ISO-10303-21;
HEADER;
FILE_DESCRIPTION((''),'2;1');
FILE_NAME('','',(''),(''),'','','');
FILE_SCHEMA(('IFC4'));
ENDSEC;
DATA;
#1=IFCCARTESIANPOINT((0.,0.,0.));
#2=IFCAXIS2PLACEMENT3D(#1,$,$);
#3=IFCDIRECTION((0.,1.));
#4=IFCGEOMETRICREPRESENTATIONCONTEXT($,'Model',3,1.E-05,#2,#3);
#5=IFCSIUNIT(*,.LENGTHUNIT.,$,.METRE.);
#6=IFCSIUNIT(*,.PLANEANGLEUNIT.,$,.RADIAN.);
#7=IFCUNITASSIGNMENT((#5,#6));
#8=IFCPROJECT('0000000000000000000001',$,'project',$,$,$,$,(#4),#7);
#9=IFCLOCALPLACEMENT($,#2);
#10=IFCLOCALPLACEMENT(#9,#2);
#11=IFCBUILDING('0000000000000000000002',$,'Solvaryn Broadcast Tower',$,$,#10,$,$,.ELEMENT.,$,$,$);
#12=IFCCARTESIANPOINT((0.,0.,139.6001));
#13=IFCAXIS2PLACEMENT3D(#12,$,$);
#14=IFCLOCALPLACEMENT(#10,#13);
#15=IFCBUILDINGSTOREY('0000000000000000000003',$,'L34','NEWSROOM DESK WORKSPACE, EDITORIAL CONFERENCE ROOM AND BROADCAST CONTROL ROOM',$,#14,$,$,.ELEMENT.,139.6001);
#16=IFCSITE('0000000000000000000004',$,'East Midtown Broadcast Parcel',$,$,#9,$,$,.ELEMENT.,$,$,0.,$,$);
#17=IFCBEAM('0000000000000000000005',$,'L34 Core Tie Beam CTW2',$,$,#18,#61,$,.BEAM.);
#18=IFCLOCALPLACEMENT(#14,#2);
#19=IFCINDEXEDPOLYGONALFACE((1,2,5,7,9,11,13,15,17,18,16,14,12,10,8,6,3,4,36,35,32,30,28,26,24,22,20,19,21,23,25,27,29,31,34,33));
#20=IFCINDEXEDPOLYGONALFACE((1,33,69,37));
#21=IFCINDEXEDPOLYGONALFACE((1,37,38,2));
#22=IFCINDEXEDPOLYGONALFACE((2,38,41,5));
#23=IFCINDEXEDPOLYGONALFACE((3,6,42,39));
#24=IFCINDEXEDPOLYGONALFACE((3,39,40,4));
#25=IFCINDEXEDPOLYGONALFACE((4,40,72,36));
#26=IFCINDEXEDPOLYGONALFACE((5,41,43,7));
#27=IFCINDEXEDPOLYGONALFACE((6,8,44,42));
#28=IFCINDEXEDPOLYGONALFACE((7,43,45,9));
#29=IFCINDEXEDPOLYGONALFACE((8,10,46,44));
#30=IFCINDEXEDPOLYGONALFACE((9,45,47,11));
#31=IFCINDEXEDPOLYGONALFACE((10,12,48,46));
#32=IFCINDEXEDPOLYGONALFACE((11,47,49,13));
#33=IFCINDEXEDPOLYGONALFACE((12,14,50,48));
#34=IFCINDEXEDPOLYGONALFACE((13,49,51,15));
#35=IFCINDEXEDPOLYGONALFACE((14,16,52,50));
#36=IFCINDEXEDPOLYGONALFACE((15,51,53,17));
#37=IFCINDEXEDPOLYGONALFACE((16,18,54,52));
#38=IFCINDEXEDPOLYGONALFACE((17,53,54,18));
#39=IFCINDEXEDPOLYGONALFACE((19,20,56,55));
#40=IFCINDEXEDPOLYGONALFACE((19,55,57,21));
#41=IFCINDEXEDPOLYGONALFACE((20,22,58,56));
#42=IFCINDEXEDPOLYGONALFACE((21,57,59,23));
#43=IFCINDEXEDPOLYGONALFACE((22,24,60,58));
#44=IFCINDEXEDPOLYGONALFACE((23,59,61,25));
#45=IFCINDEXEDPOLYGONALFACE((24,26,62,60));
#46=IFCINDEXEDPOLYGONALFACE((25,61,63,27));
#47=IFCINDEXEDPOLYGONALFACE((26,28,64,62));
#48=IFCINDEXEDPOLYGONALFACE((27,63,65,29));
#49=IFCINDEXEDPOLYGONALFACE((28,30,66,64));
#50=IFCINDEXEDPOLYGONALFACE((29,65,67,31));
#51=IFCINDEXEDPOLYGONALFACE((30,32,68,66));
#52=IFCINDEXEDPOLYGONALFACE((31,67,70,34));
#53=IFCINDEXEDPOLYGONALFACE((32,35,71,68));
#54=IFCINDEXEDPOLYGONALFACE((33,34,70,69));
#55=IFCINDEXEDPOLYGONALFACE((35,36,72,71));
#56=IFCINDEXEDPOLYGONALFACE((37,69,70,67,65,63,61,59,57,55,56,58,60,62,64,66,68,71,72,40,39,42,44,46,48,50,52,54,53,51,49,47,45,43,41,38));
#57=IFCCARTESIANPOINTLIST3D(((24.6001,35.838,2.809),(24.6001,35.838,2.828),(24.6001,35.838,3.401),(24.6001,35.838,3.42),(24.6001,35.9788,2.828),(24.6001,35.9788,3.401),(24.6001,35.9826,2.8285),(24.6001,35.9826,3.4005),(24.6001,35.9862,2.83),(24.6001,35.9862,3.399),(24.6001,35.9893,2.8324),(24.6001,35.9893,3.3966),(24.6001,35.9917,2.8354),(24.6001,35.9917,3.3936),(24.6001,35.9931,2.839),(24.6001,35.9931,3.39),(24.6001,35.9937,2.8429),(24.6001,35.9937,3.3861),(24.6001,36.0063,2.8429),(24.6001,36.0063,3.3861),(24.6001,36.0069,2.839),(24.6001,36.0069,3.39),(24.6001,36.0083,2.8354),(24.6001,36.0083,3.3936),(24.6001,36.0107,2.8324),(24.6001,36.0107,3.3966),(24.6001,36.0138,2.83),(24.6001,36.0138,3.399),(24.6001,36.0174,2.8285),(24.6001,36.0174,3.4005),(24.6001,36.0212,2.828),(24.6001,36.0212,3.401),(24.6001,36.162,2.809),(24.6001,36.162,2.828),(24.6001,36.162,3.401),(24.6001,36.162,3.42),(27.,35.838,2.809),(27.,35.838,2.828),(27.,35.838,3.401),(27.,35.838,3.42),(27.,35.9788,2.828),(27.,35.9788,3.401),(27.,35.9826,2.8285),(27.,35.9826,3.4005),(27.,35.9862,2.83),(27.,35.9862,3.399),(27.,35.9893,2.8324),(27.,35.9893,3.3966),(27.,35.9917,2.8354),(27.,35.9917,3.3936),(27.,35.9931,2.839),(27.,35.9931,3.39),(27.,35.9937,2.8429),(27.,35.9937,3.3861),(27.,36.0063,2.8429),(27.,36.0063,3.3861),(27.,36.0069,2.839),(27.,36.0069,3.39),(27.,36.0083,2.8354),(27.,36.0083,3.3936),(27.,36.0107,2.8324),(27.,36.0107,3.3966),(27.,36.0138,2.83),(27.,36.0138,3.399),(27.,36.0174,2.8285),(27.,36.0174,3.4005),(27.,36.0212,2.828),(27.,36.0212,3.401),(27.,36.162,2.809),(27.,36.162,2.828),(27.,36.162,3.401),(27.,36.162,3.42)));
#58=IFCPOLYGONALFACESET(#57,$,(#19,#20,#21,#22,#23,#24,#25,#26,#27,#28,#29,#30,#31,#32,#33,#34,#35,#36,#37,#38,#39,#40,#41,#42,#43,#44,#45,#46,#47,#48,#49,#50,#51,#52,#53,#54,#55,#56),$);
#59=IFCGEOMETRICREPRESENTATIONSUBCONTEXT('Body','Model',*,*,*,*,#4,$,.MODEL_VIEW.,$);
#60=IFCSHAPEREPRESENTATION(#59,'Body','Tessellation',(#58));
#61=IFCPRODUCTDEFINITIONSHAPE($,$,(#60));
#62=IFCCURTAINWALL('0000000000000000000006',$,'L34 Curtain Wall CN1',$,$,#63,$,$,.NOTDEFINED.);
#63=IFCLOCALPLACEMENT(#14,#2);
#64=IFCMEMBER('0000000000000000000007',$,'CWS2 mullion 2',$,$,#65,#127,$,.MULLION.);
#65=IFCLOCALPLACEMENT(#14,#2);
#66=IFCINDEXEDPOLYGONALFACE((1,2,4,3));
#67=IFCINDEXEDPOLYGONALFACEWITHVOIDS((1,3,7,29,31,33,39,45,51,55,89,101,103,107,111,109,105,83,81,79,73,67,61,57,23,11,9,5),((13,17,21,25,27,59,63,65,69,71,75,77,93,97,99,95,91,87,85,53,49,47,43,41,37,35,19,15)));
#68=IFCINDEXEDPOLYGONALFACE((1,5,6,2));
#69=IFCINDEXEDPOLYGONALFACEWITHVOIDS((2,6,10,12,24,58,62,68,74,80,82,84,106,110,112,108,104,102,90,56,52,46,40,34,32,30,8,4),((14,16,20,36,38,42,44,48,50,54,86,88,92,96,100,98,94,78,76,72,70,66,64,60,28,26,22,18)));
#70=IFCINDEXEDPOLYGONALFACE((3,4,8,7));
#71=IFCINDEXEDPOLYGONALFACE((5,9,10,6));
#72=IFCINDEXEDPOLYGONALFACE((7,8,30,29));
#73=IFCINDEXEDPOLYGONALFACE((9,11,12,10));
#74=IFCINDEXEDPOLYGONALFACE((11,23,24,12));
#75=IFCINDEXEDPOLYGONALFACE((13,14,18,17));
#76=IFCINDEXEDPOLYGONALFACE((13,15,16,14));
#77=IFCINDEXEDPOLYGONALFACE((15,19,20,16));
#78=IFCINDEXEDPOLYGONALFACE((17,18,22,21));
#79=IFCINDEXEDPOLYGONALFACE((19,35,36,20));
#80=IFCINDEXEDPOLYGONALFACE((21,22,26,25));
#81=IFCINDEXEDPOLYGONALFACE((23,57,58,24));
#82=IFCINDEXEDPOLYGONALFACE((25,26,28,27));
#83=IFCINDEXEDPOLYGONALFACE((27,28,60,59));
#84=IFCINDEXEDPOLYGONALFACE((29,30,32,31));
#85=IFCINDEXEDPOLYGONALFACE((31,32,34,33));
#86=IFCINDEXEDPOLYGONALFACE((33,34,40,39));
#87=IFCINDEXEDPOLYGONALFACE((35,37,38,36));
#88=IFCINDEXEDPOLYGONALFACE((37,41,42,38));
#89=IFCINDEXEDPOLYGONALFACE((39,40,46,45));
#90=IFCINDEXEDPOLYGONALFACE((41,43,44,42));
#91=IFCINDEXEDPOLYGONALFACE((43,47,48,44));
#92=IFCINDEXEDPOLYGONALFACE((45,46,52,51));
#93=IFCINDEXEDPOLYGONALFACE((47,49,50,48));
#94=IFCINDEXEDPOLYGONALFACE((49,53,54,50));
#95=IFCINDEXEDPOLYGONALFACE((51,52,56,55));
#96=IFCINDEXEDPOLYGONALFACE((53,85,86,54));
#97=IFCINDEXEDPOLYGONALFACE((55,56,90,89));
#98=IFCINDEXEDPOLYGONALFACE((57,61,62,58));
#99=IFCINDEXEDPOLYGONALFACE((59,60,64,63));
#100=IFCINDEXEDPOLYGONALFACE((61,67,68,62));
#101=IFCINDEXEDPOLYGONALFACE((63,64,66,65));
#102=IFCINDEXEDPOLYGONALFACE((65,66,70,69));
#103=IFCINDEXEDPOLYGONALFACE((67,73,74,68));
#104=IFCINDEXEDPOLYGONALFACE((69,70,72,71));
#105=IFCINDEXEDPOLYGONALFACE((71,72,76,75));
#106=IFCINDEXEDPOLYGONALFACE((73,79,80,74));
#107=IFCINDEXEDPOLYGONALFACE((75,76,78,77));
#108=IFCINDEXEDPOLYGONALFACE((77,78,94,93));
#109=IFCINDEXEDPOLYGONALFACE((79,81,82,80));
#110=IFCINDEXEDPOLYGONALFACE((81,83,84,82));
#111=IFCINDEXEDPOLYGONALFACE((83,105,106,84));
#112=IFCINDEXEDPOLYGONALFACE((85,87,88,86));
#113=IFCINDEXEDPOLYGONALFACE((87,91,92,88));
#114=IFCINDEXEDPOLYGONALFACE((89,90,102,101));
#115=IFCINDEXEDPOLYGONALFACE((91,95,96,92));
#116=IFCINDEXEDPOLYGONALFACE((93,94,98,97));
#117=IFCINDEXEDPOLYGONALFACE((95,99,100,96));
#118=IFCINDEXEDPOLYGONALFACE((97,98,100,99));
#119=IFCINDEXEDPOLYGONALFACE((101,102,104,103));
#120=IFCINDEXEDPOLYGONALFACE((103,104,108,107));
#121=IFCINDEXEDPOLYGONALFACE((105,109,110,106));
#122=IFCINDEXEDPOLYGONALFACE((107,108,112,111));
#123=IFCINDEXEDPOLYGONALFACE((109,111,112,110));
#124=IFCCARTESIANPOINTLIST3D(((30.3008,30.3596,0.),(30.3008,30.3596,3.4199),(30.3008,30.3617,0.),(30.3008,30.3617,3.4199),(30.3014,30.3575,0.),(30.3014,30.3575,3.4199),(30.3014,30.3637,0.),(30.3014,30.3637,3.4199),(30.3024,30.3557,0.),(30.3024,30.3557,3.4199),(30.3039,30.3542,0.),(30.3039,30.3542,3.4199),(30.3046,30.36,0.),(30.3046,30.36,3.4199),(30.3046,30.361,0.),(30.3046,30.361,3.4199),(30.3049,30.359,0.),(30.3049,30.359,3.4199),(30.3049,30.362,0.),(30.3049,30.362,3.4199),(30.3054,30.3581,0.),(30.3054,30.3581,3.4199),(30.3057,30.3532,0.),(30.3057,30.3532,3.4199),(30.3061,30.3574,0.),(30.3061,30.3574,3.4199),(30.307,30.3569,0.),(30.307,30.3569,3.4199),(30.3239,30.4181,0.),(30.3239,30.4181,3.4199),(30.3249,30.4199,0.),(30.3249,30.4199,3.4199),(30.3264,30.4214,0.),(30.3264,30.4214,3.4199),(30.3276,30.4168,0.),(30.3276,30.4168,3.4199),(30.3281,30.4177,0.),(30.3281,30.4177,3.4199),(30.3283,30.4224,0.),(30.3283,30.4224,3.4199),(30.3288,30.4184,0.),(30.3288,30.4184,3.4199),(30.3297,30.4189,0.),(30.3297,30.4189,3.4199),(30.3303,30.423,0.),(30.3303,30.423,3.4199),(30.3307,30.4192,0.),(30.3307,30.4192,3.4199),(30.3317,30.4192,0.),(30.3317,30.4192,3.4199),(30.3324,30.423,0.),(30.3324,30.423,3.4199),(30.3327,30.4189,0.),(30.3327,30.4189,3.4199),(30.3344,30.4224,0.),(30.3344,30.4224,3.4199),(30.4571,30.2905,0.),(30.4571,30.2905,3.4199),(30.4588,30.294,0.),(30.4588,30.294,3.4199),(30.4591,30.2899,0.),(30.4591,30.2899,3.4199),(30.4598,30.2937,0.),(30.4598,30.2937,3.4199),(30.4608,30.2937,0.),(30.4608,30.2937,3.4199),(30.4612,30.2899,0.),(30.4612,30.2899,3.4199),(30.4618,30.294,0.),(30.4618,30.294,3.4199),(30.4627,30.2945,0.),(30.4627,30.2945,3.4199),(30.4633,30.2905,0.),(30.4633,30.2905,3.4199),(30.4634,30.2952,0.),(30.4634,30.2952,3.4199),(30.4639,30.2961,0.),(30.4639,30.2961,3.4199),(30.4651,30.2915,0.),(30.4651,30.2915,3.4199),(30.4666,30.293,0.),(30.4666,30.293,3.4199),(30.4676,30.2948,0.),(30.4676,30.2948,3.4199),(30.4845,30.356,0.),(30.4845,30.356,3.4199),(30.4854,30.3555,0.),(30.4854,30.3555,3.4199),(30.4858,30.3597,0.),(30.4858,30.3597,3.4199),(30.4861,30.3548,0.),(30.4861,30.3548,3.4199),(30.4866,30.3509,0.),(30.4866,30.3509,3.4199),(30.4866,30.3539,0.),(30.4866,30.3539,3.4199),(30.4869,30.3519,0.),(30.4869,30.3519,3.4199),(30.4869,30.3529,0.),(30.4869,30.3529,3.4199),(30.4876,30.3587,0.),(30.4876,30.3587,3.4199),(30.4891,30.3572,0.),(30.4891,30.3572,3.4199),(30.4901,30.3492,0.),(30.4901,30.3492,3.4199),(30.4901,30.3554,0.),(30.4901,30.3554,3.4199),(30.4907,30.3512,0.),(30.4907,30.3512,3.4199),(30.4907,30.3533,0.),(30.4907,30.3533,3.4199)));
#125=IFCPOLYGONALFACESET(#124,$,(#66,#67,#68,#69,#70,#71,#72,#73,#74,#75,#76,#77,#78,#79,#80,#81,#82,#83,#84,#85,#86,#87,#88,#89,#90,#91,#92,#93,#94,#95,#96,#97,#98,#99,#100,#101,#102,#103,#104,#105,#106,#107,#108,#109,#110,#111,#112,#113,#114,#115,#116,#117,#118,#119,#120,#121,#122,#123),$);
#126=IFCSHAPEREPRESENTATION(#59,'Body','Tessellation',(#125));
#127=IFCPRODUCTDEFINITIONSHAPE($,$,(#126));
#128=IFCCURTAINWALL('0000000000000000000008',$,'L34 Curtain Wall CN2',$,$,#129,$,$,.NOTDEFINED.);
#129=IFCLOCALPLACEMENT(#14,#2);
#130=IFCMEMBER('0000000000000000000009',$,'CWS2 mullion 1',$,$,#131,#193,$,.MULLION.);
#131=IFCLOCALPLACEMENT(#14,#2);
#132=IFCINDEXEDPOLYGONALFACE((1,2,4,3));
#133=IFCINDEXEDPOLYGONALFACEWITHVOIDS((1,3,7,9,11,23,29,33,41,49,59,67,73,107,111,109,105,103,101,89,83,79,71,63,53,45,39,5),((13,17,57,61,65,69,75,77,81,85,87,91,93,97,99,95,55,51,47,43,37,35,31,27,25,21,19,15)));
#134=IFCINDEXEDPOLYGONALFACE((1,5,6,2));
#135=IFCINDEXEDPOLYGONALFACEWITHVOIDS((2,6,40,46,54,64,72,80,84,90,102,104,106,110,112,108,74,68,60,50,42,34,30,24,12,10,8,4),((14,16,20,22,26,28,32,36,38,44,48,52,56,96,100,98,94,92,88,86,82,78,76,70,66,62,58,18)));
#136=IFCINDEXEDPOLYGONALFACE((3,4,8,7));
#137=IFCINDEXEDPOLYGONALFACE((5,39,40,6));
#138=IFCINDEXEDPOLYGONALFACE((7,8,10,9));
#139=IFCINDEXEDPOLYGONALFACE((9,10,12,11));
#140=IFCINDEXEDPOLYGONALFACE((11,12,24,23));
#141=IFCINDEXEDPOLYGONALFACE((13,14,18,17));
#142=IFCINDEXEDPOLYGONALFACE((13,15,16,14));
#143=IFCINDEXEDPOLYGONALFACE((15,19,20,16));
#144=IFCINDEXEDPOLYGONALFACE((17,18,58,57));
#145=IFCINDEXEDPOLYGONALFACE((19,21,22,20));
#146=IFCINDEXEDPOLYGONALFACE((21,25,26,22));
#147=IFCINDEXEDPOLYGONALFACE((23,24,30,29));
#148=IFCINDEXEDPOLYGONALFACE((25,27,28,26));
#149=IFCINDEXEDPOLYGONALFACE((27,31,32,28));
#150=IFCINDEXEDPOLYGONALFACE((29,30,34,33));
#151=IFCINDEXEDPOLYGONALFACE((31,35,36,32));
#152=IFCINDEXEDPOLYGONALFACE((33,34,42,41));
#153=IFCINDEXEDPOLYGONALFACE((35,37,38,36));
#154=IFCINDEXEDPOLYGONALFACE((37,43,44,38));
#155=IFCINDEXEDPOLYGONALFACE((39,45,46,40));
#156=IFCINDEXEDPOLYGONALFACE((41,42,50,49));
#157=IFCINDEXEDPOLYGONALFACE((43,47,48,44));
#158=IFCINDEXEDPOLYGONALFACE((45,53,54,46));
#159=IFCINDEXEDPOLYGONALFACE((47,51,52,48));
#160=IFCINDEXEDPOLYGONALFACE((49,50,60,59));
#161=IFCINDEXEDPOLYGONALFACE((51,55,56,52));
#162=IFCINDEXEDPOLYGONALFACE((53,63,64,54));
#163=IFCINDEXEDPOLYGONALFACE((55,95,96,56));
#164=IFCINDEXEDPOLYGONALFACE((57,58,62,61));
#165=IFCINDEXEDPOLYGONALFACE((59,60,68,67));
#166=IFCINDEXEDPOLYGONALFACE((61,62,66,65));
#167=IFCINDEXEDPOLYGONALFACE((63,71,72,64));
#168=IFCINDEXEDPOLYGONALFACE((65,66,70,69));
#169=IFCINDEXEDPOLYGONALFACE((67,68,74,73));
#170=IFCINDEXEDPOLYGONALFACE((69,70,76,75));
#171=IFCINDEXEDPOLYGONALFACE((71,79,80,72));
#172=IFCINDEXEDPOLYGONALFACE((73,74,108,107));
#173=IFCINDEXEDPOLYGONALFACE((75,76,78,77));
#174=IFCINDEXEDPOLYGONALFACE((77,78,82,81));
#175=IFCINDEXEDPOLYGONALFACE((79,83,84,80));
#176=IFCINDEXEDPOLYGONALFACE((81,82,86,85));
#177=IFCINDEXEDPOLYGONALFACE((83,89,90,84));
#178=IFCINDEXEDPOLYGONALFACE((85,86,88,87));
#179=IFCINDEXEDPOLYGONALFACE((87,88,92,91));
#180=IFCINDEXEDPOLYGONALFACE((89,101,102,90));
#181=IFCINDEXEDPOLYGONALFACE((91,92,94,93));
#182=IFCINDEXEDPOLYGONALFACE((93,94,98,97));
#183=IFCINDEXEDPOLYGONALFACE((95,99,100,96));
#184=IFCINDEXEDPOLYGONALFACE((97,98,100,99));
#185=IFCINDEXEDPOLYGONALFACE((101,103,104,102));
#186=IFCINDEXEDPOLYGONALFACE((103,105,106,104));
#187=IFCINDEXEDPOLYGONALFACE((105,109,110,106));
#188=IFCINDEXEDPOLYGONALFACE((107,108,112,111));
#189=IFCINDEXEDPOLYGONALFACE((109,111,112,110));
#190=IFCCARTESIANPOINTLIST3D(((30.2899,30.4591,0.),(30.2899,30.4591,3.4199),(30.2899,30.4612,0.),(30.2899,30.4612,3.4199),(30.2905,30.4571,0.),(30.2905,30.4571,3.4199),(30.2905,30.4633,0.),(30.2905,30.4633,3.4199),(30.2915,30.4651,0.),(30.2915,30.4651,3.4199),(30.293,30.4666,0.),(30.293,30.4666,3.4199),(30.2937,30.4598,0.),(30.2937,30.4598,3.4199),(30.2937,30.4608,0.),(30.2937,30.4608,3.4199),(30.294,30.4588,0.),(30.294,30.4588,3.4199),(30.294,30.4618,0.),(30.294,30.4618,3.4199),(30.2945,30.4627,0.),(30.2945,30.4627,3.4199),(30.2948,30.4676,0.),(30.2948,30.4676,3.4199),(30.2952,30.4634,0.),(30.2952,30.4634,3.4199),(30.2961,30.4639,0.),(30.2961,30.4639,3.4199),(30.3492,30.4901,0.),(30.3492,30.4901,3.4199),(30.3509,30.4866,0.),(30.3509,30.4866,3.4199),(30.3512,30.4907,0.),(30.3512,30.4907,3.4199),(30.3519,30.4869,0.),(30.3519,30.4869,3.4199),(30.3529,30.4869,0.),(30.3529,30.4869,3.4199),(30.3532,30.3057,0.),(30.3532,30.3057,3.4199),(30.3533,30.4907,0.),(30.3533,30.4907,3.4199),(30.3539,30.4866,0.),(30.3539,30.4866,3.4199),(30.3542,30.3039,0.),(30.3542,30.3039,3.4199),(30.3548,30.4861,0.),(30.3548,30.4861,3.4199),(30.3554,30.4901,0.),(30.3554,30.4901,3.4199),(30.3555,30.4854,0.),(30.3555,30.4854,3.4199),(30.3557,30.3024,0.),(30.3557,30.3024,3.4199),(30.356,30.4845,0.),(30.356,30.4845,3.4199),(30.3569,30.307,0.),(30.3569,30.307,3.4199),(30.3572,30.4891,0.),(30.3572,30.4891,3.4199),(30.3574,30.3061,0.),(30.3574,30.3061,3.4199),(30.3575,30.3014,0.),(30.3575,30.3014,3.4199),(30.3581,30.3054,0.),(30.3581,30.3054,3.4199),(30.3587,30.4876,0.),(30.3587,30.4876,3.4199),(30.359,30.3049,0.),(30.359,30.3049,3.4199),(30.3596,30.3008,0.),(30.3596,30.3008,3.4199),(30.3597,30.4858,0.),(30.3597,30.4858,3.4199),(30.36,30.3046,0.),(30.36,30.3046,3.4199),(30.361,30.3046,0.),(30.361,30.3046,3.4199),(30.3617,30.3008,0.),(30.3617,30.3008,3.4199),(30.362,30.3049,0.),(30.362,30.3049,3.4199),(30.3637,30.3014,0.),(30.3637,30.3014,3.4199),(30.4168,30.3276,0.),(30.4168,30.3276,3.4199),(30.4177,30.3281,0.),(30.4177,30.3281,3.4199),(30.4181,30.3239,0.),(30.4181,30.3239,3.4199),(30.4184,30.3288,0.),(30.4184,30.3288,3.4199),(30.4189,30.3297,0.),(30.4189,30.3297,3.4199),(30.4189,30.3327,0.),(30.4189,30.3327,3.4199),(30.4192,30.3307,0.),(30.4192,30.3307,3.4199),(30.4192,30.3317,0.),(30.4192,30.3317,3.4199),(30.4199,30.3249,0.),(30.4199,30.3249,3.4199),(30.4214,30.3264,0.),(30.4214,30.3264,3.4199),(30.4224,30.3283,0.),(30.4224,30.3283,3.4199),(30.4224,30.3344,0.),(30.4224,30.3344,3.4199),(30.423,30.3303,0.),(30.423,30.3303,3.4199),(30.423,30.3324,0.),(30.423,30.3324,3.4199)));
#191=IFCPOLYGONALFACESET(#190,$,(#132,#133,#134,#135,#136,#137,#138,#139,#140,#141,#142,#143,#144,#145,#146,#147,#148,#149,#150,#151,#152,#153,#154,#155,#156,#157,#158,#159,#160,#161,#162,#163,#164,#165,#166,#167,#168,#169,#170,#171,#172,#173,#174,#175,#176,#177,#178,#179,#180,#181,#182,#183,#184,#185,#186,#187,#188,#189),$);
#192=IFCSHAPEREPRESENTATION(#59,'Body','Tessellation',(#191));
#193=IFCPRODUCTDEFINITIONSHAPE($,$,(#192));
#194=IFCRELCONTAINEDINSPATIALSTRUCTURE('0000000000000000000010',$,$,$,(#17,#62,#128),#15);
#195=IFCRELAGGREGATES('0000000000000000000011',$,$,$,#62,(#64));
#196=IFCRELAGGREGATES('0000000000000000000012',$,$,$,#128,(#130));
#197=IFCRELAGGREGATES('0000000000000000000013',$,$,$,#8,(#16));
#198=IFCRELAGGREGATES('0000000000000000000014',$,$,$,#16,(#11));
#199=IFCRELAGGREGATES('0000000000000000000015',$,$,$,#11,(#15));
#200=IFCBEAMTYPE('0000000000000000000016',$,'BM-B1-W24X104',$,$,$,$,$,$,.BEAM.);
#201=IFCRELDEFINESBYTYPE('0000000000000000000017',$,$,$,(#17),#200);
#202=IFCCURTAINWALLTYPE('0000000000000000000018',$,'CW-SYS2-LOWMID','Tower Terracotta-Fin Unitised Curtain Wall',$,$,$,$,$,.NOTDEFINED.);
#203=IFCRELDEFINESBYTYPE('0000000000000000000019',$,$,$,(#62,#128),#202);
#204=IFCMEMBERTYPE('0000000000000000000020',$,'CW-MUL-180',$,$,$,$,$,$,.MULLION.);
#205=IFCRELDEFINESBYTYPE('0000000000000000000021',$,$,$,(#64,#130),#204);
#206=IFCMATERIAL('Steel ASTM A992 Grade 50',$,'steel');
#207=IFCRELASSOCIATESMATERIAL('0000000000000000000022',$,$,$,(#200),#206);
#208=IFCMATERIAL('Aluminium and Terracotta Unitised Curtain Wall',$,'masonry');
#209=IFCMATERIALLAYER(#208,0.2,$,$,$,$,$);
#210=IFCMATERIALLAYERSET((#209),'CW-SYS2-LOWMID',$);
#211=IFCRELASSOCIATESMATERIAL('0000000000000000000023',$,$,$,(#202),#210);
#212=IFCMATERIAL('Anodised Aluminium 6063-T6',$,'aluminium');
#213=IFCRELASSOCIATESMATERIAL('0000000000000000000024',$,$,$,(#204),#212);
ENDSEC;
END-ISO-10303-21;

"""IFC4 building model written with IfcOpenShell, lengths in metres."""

from ifc_helpers import new_model, si_unit, direction, frame, origin, origin_2d, place, context, subcontext, project, spatial, hollow_rectangle, i_section, extrude, material, layer, layer_set, material_profile, profile_set, type_object, element, aggregate, save


model = new_model("IFC4")

# Units and contexts
model_context = context("Model", 3, precision=1e-05, world=origin(), true_north=direction((0.0, 1.0)))
body_context = subcontext(model_context, "Body", "Model", "MODEL_VIEW")
ifc_project = project(units=[si_unit("LENGTHUNIT", "METRE"), si_unit("PLANEANGLEUNIT", "RADIAN")], contexts=[model_context])

# Site, building, storey
site_placement = place(None, origin())
site = spatial("IfcSite", under=ifc_project, at=site_placement, Name="East Midtown Broadcast Parcel", CompositionType="ELEMENT", RefElevation=0.0)
building_placement = place(site_placement, origin())
building = spatial("IfcBuilding", under=site, at=building_placement, Name="Solvaryn Broadcast Tower", CompositionType="ELEMENT")
storey_placement = place(building_placement, frame((0.0, 0.0, 139.6001)))
storey = spatial("IfcBuildingStorey", under=building, at=storey_placement, Name="L34", Description="NEWSROOM DESK WORKSPACE, EDITORIAL CONFERENCE ROOM AND BROADCAST CONTROL ROOM", CompositionType="ELEMENT", Elevation=139.6001)

# Beam
ifc_material_1 = material(Name="Steel ASTM A992 Grade 50", Category="steel")
ifc_material_profile_1 = material_profile(ifc_material_1, i_section(OverallWidth=0.324, OverallDepth=0.6111, WebThickness=0.0127, FlangeThickness=0.019, FilletRadius=0.0149, at=origin_2d()))
ifc_profile_set_1 = profile_set([ifc_material_profile_1], Name="Steel ASTM A992 Grade 50")
beam_type = type_object("IfcBeamType", Name="BM-B1-W24X104", PredefinedType="BEAM", material=ifc_profile_set_1)
beam_placement = place(storey_placement, frame((24.6001, 36.0, 3.1145), z_axis=(1.0, 0.0, 0.0), x_axis=(0.0, 1.0, 0.0)))
element("IfcBeam", 1, at=beam_placement, inside=storey, type_object=beam_type, Name="L34 Core Tie Beam CTW2", PredefinedType="BEAM", context=body_context, shape_type="SweptSolid", body=[
    extrude(i_section(OverallWidth=0.324, OverallDepth=0.6111, WebThickness=0.0127, FlangeThickness=0.019, FilletRadius=0.0149, at=origin_2d()), origin(), (0.0, 0.0, 1.0), 2.3999),
])

# Curtain wall, member
ifc_material_2 = material(Name="Aluminium and Terracotta Unitised Curtain Wall", Category="masonry")
ifc_layer_1 = layer(ifc_material_2, 0.2)
ifc_layer_set_1 = layer_set([ifc_layer_1], Name="CW-SYS2-LOWMID")
curtain_wall_type = type_object("IfcCurtainWallType", Name="CW-SYS2-LOWMID", Description="Tower Terracotta-Fin Unitised Curtain Wall", PredefinedType="NOTDEFINED", material=ifc_layer_set_1)
curtain_wall_1_placement = place(storey_placement, origin())
curtain_wall_1 = element("IfcCurtainWall", 2, at=curtain_wall_1_placement, inside=storey, type_object=curtain_wall_type, Name="L34 Curtain Wall CN1", PredefinedType="NOTDEFINED")
ifc_material_3 = material(Name="Anodised Aluminium 6063-T6", Category="aluminium")
ifc_material_profile_2 = material_profile(ifc_material_3, hollow_rectangle(XDim=0.075, YDim=0.1799, WallThickness=0.0039, InnerFilletRadius=0.0039, OuterFilletRadius=0.0081, at=origin_2d()))
ifc_profile_set_2 = profile_set([ifc_material_profile_2], Name="Anodised Aluminium 6063-T6")
member_type_1 = type_object("IfcMemberType", Name="CW-MUL-180", PredefinedType="MULLION", material=ifc_profile_set_2)
member_1_placement = place(storey_placement, frame((30.3958, 30.3564, 0.0), z_axis=(0.0, 0.0, 1.0), x_axis=(-0.382646, -0.923895, 0.0)))
member_1 = element("IfcMember", 3, at=member_1_placement, type_object=member_type_1, Name="CWS2 mullion 2", PredefinedType="MULLION", context=body_context, shape_type="SweptSolid", body=[
    extrude(hollow_rectangle(XDim=0.075, YDim=0.1799, WallThickness=0.0039, InnerFilletRadius=0.0039, OuterFilletRadius=0.0081, at=origin_2d()), origin(), (0.0, 0.0, 1.0), 3.4199),
])

# Curtain wall, member
curtain_wall_2_placement = place(storey_placement, origin())
curtain_wall_2 = element("IfcCurtainWall", 4, at=curtain_wall_2_placement, inside=storey, type_object=curtain_wall_type, Name="L34 Curtain Wall CN2", PredefinedType="NOTDEFINED")
member_2_placement = place(storey_placement, frame((30.3564, 30.3958, 0.0), z_axis=(0.0, 0.0, 1.0), x_axis=(-0.923895, -0.382646, 0.0)))
member_2 = element("IfcMember", 5, at=member_2_placement, type_object=member_type_1, Name="CWS2 mullion 1", PredefinedType="MULLION", context=body_context, shape_type="SweptSolid", body=[
    extrude(hollow_rectangle(XDim=0.075, YDim=0.1799, WallThickness=0.0039, InnerFilletRadius=0.0039, OuterFilletRadius=0.0081, at=origin_2d()), origin(), (0.0, 0.0, 1.0), 3.4199),
])

aggregate(curtain_wall_1, [member_1])
aggregate(curtain_wall_2, [member_2])

save(model, "model.ifc")
